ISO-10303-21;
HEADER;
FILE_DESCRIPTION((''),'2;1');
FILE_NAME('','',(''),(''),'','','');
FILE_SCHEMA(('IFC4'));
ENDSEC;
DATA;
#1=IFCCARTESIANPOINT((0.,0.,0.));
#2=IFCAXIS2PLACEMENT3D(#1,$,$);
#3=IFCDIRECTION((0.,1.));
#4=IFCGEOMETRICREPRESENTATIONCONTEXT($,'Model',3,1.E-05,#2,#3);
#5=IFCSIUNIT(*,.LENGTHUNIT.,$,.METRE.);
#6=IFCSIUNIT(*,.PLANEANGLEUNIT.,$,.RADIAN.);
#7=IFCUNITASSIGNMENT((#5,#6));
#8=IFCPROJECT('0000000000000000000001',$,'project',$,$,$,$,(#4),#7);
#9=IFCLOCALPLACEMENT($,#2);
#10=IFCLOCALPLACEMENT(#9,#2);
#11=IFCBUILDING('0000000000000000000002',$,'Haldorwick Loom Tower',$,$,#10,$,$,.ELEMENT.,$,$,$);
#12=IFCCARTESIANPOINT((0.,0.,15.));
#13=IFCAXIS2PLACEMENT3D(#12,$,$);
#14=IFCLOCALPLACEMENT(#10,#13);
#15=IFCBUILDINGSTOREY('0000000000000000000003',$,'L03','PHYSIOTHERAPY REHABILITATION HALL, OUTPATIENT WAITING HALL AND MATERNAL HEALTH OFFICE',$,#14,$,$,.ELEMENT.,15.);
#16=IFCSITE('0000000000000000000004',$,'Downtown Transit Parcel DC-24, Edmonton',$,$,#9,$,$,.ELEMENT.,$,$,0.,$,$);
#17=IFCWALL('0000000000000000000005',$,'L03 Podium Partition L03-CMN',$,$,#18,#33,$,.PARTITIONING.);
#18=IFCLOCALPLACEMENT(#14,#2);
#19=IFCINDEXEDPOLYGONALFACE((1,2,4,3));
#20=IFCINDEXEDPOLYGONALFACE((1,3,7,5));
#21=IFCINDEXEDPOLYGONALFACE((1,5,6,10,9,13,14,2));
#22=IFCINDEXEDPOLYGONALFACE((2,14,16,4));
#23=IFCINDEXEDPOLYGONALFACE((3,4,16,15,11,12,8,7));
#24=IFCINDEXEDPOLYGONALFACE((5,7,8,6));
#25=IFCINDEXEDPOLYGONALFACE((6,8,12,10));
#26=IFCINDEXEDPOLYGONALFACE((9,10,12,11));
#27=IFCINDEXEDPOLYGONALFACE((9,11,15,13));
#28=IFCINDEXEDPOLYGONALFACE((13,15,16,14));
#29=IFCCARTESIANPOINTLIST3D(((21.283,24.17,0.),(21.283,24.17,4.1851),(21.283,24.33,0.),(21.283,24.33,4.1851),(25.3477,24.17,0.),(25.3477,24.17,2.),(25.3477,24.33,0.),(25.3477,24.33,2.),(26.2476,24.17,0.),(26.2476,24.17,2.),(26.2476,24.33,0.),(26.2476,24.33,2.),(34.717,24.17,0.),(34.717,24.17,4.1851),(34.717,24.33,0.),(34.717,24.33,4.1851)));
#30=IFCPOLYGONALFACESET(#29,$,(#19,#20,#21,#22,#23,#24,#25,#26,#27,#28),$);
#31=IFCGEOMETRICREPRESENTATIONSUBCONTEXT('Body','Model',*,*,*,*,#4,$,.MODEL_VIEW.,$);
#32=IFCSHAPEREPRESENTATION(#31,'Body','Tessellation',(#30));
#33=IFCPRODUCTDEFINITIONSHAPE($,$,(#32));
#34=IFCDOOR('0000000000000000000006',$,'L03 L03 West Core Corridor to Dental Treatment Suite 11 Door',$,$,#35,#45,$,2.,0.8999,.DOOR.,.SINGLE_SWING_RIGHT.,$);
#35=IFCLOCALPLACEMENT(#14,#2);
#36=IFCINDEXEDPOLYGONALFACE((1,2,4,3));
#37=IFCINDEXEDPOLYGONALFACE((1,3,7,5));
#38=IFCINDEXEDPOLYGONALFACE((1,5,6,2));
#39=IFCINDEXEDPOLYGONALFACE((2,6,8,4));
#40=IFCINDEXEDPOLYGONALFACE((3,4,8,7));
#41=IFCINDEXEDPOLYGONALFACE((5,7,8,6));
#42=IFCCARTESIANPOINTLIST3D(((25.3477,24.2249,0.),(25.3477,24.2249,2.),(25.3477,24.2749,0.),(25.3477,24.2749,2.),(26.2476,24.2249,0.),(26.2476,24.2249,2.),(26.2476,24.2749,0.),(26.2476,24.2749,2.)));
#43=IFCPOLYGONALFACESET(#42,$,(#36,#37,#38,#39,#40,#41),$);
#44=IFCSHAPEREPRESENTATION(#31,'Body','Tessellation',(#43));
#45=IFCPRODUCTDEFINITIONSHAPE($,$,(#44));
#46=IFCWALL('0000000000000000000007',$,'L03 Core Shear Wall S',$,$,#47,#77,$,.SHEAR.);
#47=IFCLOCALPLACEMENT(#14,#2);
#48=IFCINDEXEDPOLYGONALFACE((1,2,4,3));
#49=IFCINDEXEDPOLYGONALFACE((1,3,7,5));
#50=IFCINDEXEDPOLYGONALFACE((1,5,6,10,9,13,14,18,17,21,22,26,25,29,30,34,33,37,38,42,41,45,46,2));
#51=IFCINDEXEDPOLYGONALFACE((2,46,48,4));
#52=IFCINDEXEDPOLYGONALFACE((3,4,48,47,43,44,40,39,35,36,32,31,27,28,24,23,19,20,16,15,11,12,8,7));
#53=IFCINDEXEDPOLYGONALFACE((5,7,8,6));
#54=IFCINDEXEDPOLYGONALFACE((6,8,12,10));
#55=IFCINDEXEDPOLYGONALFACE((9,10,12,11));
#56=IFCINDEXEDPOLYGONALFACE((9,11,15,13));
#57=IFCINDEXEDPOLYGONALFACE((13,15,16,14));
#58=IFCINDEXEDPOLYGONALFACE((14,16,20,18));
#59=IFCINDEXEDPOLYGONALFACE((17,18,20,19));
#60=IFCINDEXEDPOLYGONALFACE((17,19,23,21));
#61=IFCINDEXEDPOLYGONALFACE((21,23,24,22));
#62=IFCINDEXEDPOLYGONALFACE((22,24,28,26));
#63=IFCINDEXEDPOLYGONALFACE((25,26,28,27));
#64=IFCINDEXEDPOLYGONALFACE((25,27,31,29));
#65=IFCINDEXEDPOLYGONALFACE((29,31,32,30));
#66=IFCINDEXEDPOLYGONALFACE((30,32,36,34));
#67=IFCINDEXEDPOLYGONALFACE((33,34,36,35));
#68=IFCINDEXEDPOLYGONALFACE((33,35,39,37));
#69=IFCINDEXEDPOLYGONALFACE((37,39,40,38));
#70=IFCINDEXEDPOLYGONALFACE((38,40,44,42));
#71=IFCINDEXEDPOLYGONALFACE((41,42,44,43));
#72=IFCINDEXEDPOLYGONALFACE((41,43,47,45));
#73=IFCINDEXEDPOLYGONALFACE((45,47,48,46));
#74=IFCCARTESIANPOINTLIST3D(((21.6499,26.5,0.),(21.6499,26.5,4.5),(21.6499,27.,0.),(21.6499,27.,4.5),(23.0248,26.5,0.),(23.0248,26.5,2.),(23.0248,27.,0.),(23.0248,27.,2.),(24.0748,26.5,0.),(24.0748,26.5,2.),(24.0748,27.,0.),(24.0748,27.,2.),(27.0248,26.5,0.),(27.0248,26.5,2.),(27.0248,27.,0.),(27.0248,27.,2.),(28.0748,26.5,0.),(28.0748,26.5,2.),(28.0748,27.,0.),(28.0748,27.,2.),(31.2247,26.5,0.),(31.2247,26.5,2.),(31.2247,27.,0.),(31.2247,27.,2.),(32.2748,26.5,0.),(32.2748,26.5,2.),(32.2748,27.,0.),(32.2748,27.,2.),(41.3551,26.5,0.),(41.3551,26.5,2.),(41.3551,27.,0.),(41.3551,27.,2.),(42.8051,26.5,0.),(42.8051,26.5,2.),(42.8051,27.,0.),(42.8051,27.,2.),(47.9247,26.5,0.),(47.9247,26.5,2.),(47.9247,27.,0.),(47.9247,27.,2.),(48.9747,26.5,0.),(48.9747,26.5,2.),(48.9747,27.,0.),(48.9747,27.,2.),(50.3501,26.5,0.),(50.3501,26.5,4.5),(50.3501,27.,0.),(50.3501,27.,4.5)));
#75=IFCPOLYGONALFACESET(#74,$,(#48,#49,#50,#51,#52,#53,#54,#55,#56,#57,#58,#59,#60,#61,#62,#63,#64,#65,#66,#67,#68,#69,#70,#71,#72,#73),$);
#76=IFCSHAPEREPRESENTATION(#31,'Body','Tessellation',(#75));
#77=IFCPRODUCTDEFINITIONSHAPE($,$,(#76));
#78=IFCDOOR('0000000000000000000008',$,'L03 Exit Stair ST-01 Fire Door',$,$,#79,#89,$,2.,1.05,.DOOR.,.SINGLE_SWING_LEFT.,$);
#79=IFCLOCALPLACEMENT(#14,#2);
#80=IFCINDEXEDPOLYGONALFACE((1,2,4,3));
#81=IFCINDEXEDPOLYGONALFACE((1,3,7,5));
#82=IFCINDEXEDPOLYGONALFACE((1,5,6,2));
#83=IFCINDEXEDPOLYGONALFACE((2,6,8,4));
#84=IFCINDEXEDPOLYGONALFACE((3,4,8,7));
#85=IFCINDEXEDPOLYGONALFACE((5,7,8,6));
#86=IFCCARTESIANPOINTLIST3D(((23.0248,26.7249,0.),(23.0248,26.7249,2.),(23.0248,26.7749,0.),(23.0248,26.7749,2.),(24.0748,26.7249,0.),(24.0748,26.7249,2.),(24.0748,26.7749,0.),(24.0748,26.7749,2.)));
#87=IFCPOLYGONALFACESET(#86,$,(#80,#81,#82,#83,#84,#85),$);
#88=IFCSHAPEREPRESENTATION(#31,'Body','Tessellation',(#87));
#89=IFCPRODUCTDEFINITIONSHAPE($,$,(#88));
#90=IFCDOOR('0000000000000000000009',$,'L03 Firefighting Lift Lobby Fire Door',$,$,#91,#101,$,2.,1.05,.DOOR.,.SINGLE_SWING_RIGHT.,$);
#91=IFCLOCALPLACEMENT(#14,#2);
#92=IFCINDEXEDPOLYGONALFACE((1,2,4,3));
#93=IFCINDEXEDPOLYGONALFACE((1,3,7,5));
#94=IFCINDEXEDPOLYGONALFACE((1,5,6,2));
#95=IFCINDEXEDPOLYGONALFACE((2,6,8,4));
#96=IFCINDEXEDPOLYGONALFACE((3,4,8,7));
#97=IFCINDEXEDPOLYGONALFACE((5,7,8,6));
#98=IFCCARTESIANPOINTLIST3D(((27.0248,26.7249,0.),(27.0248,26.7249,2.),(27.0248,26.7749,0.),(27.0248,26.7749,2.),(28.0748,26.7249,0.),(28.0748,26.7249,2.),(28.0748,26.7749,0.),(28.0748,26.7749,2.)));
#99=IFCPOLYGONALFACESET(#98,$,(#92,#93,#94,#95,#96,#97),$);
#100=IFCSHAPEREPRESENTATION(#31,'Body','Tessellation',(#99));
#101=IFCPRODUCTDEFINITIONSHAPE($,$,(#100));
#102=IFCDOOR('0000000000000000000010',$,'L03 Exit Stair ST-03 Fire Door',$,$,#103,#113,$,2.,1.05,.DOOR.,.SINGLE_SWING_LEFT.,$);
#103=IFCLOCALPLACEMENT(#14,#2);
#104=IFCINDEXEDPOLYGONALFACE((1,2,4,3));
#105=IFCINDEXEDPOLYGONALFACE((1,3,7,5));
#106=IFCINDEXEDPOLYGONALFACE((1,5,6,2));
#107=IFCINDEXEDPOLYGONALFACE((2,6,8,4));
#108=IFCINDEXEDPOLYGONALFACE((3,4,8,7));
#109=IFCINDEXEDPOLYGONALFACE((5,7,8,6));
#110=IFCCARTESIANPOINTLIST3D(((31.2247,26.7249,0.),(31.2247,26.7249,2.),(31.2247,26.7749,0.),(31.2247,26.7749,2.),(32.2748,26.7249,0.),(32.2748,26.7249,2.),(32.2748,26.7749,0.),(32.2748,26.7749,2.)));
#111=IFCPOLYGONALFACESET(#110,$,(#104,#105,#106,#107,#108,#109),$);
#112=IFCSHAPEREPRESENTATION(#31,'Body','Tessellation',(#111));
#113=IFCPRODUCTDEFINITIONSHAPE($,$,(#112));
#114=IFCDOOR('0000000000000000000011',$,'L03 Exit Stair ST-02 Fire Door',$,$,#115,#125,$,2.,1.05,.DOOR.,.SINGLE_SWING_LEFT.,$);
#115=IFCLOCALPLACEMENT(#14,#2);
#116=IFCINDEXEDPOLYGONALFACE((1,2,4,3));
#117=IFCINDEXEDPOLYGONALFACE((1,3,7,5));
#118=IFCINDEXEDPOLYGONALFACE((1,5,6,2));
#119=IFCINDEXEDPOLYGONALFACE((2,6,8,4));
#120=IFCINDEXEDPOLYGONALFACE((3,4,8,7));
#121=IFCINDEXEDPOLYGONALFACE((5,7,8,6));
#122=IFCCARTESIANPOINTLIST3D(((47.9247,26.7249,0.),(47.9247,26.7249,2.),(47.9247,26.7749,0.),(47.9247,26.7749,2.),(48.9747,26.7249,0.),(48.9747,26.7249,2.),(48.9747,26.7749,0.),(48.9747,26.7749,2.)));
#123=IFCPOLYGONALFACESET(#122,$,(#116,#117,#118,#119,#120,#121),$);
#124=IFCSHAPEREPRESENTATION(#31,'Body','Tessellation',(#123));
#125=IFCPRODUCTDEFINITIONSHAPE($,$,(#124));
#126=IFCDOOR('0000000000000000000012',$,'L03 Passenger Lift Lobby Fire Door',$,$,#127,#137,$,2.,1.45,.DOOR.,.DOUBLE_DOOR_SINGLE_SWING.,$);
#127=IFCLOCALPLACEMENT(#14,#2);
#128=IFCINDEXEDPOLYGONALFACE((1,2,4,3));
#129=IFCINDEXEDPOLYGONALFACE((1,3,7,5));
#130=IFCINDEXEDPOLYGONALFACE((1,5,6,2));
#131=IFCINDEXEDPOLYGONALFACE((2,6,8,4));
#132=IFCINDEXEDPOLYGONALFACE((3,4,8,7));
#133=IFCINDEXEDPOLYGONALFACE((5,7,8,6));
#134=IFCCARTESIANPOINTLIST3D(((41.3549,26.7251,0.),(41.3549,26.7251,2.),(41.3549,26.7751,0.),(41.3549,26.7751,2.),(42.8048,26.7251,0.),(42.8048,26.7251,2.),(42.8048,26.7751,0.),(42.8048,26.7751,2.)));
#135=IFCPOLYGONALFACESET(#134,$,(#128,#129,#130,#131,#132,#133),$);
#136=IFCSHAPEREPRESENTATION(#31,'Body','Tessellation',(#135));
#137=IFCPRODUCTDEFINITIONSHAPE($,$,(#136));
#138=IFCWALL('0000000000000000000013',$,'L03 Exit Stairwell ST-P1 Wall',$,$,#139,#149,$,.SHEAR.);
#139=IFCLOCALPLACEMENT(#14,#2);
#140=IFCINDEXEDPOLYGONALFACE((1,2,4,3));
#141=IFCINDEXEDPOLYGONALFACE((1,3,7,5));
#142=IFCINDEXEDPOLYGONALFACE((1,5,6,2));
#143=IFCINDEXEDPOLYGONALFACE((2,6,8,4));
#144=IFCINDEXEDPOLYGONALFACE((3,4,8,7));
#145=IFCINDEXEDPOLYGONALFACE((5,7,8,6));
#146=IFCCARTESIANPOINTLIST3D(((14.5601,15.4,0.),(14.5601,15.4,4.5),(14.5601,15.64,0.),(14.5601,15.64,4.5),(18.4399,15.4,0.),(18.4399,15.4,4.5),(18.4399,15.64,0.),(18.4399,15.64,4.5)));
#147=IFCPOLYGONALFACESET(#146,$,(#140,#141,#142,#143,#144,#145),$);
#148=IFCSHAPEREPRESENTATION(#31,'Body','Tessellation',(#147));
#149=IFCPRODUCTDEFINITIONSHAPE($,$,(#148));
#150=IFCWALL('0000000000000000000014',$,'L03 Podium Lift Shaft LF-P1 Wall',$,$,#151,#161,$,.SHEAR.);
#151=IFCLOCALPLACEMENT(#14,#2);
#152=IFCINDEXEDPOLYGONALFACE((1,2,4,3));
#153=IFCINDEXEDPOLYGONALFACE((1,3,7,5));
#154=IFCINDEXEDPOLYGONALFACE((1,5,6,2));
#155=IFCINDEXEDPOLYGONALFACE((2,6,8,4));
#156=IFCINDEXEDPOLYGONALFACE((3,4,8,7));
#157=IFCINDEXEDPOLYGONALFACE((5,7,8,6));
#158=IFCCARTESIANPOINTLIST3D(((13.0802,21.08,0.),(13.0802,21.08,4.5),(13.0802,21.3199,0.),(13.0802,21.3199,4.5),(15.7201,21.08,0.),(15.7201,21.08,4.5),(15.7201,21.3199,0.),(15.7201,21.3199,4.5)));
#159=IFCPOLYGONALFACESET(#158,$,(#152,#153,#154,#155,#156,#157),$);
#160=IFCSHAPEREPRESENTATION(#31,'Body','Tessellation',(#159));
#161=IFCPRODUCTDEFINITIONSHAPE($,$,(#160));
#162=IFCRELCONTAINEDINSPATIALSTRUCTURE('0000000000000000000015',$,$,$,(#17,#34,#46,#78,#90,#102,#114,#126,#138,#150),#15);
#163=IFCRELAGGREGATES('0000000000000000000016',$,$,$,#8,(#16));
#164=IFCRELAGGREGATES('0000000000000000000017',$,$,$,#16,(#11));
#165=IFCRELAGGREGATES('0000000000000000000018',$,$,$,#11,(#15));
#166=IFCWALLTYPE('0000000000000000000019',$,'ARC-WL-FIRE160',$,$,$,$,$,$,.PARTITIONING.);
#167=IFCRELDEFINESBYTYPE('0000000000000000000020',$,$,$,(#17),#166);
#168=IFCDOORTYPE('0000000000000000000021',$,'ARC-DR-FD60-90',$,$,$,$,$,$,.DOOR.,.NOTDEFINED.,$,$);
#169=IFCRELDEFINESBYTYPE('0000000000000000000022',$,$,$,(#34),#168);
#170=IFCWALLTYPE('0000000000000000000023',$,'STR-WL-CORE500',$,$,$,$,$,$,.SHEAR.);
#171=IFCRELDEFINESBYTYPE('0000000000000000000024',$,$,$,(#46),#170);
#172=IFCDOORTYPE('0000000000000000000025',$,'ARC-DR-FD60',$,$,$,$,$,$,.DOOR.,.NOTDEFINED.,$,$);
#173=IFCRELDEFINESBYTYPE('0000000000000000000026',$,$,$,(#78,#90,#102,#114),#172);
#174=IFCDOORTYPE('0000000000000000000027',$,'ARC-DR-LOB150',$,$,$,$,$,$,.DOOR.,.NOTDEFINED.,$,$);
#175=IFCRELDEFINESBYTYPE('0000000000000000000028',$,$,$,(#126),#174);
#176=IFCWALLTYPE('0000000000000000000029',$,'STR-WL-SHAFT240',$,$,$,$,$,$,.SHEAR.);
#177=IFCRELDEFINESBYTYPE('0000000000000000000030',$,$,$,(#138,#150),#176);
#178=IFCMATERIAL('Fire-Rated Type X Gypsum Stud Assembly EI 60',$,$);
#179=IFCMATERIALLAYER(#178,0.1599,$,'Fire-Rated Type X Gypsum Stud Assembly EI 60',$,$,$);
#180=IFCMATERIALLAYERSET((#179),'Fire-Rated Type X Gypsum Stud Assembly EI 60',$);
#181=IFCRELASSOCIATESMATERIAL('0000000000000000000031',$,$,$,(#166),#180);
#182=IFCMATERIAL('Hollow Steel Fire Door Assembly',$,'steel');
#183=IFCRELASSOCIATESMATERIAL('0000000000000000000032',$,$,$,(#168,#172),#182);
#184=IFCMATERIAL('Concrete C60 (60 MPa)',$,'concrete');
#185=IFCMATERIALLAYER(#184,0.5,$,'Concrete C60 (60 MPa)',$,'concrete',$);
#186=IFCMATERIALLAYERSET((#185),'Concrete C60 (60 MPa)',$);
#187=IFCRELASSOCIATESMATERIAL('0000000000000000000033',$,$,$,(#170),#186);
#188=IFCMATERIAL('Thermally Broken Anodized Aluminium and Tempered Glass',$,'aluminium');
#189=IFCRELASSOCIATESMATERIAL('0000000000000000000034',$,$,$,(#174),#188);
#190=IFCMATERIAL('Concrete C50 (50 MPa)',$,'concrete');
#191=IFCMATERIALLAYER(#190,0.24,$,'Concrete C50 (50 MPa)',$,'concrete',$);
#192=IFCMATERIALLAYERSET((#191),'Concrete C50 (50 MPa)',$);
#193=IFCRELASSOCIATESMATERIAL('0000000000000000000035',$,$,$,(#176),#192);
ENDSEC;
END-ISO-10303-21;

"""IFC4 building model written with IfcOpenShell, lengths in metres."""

from ifc_helpers import new_model, si_unit, direction, frame, frame_2d, origin, place, context, subcontext, project, spatial, rectangle, extrude, material, layer, layer_set, type_object, element, fill, save


model = new_model("IFC4")

# Units and contexts
model_context = context("Model", 3, precision=1e-05, world=origin(), true_north=direction((0.0, 1.0)))
body_context = subcontext(model_context, "Body", "Model", "MODEL_VIEW")
ifc_project = project(units=[si_unit("LENGTHUNIT", "METRE"), si_unit("PLANEANGLEUNIT", "RADIAN")], contexts=[model_context])

# Site, building, storey
site_placement = place(None, origin())
site = spatial("IfcSite", under=ifc_project, at=site_placement, Name="Downtown Transit Parcel DC-24, Edmonton", CompositionType="ELEMENT", RefElevation=0.0)
building_placement = place(site_placement, origin())
building = spatial("IfcBuilding", under=site, at=building_placement, Name="Haldorwick Loom Tower", CompositionType="ELEMENT")
storey_placement = place(building_placement, frame((0.0, 0.0, 15.0)))
storey = spatial("IfcBuildingStorey", under=building, at=storey_placement, Name="L03", Description="PHYSIOTHERAPY REHABILITATION HALL, OUTPATIENT WAITING HALL AND MATERNAL HEALTH OFFICE", CompositionType="ELEMENT", Elevation=15.0)

# Shared definitions
ifc_material_1 = material(Name="Concrete C60 (60 MPa)", Category="concrete")

# Wall, opening, door
ifc_material_2 = material(Name="Fire-Rated Type X Gypsum Stud Assembly EI 60")
ifc_layer_1 = layer(ifc_material_2, 0.1599, Name="Fire-Rated Type X Gypsum Stud Assembly EI 60")
ifc_layer_set_1 = layer_set([ifc_layer_1], Name="Fire-Rated Type X Gypsum Stud Assembly EI 60")
wall_type_1 = type_object("IfcWallType", Name="ARC-WL-FIRE160", PredefinedType="PARTITIONING", material=ifc_layer_set_1)
wall_1_placement = place(storey_placement, frame((21.283, 24.25, 0.0), z_axis=(0.0, 0.0, 1.0), x_axis=(1.0, 0.0, 0.0)))
wall_1 = element("IfcWall", 1, at=wall_1_placement, inside=storey, type_object=wall_type_1, Name="L03 Podium Partition L03-CMN", PredefinedType="PARTITIONING", context=body_context, shape_type="SweptSolid", body=[
    extrude(rectangle(XDim=13.4341, YDim=0.1599, at=frame_2d((6.717, 0.0))), origin(), (0.0, 0.0, 1.0), 4.1851),
])
opening_1_placement = place(wall_1_placement, frame((4.0647, 0.0, 0.0)))
opening_1 = element("IfcOpeningElement", 2, at=opening_1_placement, cuts=wall_1, PredefinedType="OPENING", context=body_context, shape_type="SweptSolid", body=[
    extrude(rectangle(XDim=0.8999, YDim=2.0, at=frame_2d((0.45, 1.0))), frame((0.0, 0.0898, 0.0), z_axis=(0.0, -1.0, 0.0), x_axis=(1.0, 0.0, 0.0)), (0.0, 0.0, 1.0), 0.1799),
])
ifc_material_3 = material(Name="Hollow Steel Fire Door Assembly", Category="steel")
door_type_1 = type_object("IfcDoorType", Name="ARC-DR-FD60-90", OperationType="NOTDEFINED", PredefinedType="DOOR", material=ifc_material_3)
door_1_placement = place(opening_1_placement, origin())
door_1 = element("IfcDoor", 3, at=door_1_placement, inside=storey, type_object=door_type_1, Name="L03 L03 West Core Corridor to Dental Treatment Suite 11 Door", OperationType="SINGLE_SWING_RIGHT", OverallHeight=2.0, OverallWidth=0.8999, PredefinedType="DOOR", context=body_context, shape_type="SweptSolid", body=[
    extrude(rectangle(XDim=0.8999, YDim=2.0, at=frame_2d((0.45, 1.0))), frame((0.0, 0.0249, 0.0), z_axis=(0.0, -1.0, 0.0), x_axis=(1.0, 0.0, 0.0)), (0.0, 0.0, 1.0), 0.05),
])
fill(opening_1, door_1)

# Wall, openings, doors
ifc_layer_2 = layer(ifc_material_1, 0.5, Name="Concrete C60 (60 MPa)", Category="concrete")
ifc_layer_set_2 = layer_set([ifc_layer_2], Name="Concrete C60 (60 MPa)")
wall_type_2 = type_object("IfcWallType", Name="STR-WL-CORE500", PredefinedType="SHEAR", material=ifc_layer_set_2)
wall_2_placement = place(storey_placement, frame((21.6499, 26.75, 0.0), z_axis=(0.0, 0.0, 1.0), x_axis=(1.0, 0.0, 0.0)))
wall_2 = element("IfcWall", 4, at=wall_2_placement, inside=storey, type_object=wall_type_2, Name="L03 Core Shear Wall S", PredefinedType="SHEAR", context=body_context, shape_type="SweptSolid", body=[
    extrude(rectangle(XDim=28.7002, YDim=0.5, at=frame_2d((14.3501, 0.0))), origin(), (0.0, 0.0, 1.0), 4.5),
])
opening_2_placement = place(wall_2_placement, frame((1.375, 0.0, 0.0)))
opening_2 = element("IfcOpeningElement", 5, at=opening_2_placement, cuts=wall_2, PredefinedType="OPENING", context=body_context, shape_type="SweptSolid", body=[
    extrude(rectangle(XDim=1.05, YDim=2.0, at=frame_2d((0.5249, 1.0))), frame((0.0, 0.26, 0.0), z_axis=(0.0, -1.0, 0.0), x_axis=(1.0, 0.0, 0.0)), (0.0, 0.0, 1.0), 0.52),
])
opening_3_placement = place(wall_2_placement, frame((5.375, 0.0, 0.0)))
opening_3 = element("IfcOpeningElement", 6, at=opening_3_placement, cuts=wall_2, PredefinedType="OPENING", context=body_context, shape_type="SweptSolid", body=[
    extrude(rectangle(XDim=1.05, YDim=2.0, at=frame_2d((0.5249, 1.0))), frame((0.0, 0.26, 0.0), z_axis=(0.0, -1.0, 0.0), x_axis=(1.0, 0.0, 0.0)), (0.0, 0.0, 1.0), 0.52),
])
opening_4_placement = place(wall_2_placement, frame((9.575, 0.0, 0.0)))
opening_4 = element("IfcOpeningElement", 7, at=opening_4_placement, cuts=wall_2, PredefinedType="OPENING", context=body_context, shape_type="SweptSolid", body=[
    extrude(rectangle(XDim=1.05, YDim=2.0, at=frame_2d((0.5249, 1.0))), frame((0.0, 0.26, 0.0), z_axis=(0.0, -1.0, 0.0), x_axis=(1.0, 0.0, 0.0)), (0.0, 0.0, 1.0), 0.52),
])
opening_5_placement = place(wall_2_placement, frame((19.7051, 0.0, 0.0)))
opening_5 = element("IfcOpeningElement", 8, at=opening_5_placement, cuts=wall_2, PredefinedType="OPENING", context=body_context, shape_type="SweptSolid", body=[
    extrude(rectangle(XDim=1.45, YDim=2.0, at=frame_2d((0.7251, 1.0))), frame((0.0, 0.26, 0.0), z_axis=(0.0, -1.0, 0.0), x_axis=(1.0, 0.0, 0.0)), (0.0, 0.0, 1.0), 0.52),
])
opening_6_placement = place(wall_2_placement, frame((26.2749, 0.0, 0.0)))
opening_6 = element("IfcOpeningElement", 9, at=opening_6_placement, cuts=wall_2, PredefinedType="OPENING", context=body_context, shape_type="SweptSolid", body=[
    extrude(rectangle(XDim=1.05, YDim=2.0, at=frame_2d((0.5249, 1.0))), frame((0.0, 0.26, 0.0), z_axis=(0.0, -1.0, 0.0), x_axis=(1.0, 0.0, 0.0)), (0.0, 0.0, 1.0), 0.52),
])
door_type_2 = type_object("IfcDoorType", Name="ARC-DR-FD60", OperationType="NOTDEFINED", PredefinedType="DOOR", material=ifc_material_3)
door_2_placement = place(opening_2_placement, origin())
door_2 = element("IfcDoor", 10, at=door_2_placement, inside=storey, type_object=door_type_2, Name="L03 Exit Stair ST-01 Fire Door", OperationType="SINGLE_SWING_LEFT", OverallHeight=2.0, OverallWidth=1.05, PredefinedType="DOOR", context=body_context, shape_type="SweptSolid", body=[
    extrude(rectangle(XDim=1.05, YDim=2.0, at=frame_2d((0.5249, 1.0))), frame((0.0, 0.0249, 0.0), z_axis=(0.0, -1.0, 0.0), x_axis=(1.0, 0.0, 0.0)), (0.0, 0.0, 1.0), 0.05),
])
fill(opening_2, door_2)
door_3_placement = place(opening_3_placement, origin())
door_3 = element("IfcDoor", 11, at=door_3_placement, inside=storey, type_object=door_type_2, Name="L03 Firefighting Lift Lobby Fire Door", OperationType="SINGLE_SWING_RIGHT", OverallHeight=2.0, OverallWidth=1.05, PredefinedType="DOOR", context=body_context, shape_type="SweptSolid", body=[
    extrude(rectangle(XDim=1.05, YDim=2.0, at=frame_2d((0.5249, 1.0))), frame((0.0, 0.0249, 0.0), z_axis=(0.0, -1.0, 0.0), x_axis=(1.0, 0.0, 0.0)), (0.0, 0.0, 1.0), 0.05),
])
fill(opening_3, door_3)
door_4_placement = place(opening_4_placement, origin())
door_4 = element("IfcDoor", 12, at=door_4_placement, inside=storey, type_object=door_type_2, Name="L03 Exit Stair ST-03 Fire Door", OperationType="SINGLE_SWING_LEFT", OverallHeight=2.0, OverallWidth=1.05, PredefinedType="DOOR", context=body_context, shape_type="SweptSolid", body=[
    extrude(rectangle(XDim=1.05, YDim=2.0, at=frame_2d((0.5249, 1.0))), frame((0.0, 0.0249, 0.0), z_axis=(0.0, -1.0, 0.0), x_axis=(1.0, 0.0, 0.0)), (0.0, 0.0, 1.0), 0.05),
])
fill(opening_4, door_4)
door_5_placement = place(opening_6_placement, origin())
door_5 = element("IfcDoor", 13, at=door_5_placement, inside=storey, type_object=door_type_2, Name="L03 Exit Stair ST-02 Fire Door", OperationType="SINGLE_SWING_LEFT", OverallHeight=2.0, OverallWidth=1.05, PredefinedType="DOOR", context=body_context, shape_type="SweptSolid", body=[
    extrude(rectangle(XDim=1.05, YDim=2.0, at=frame_2d((0.5249, 1.0))), frame((0.0, 0.0249, 0.0), z_axis=(0.0, -1.0, 0.0), x_axis=(1.0, 0.0, 0.0)), (0.0, 0.0, 1.0), 0.05),
])
fill(opening_6, door_5)
ifc_material_4 = material(Name="Thermally Broken Anodized Aluminium and Tempered Glass", Category="aluminium")
door_type_3 = type_object("IfcDoorType", Name="ARC-DR-LOB150", OperationType="NOTDEFINED", PredefinedType="DOOR", material=ifc_material_4)
door_6_placement = place(opening_5_placement, frame((1.45, 0.0, 0.0), z_axis=(0.0, 0.0, 1.0), x_axis=(-1.0, 0.0, 0.0)))
door_6 = element("IfcDoor", 14, at=door_6_placement, inside=storey, type_object=door_type_3, Name="L03 Passenger Lift Lobby Fire Door", OperationType="DOUBLE_DOOR_SINGLE_SWING", OverallHeight=2.0, OverallWidth=1.45, PredefinedType="DOOR", context=body_context, shape_type="SweptSolid", body=[
    extrude(rectangle(XDim=1.45, YDim=2.0, at=frame_2d((0.7251, 1.0))), frame((0.0, 0.0249, 0.0), z_axis=(0.0, -1.0, 0.0), x_axis=(1.0, 0.0, 0.0)), (0.0, 0.0, 1.0), 0.05),
])
fill(opening_5, door_6)

# Walls
ifc_material_5 = material(Name="Concrete C50 (50 MPa)", Category="concrete")
ifc_layer_3 = layer(ifc_material_5, 0.24, Name="Concrete C50 (50 MPa)", Category="concrete")
ifc_layer_set_3 = layer_set([ifc_layer_3], Name="Concrete C50 (50 MPa)")
wall_type_3 = type_object("IfcWallType", Name="STR-WL-SHAFT240", PredefinedType="SHEAR", material=ifc_layer_set_3)
wall_3_placement = place(storey_placement, frame((18.4399, 15.52, 0.0), z_axis=(0.0, 0.0, 1.0), x_axis=(-1.0, 0.0, 0.0)))
element("IfcWall", 15, at=wall_3_placement, inside=storey, type_object=wall_type_3, Name="L03 Exit Stairwell ST-P1 Wall", PredefinedType="SHEAR", context=body_context, shape_type="SweptSolid", body=[
    extrude(rectangle(XDim=3.8799, YDim=0.24, at=frame_2d((1.9399, 0.0))), origin(), (0.0, 0.0, 1.0), 4.5),
])
wall_4_placement = place(storey_placement, frame((15.72, 21.2, 0.0), z_axis=(0.0, 0.0, 1.0), x_axis=(-1.0, 0.0, 0.0)))
element("IfcWall", 16, at=wall_4_placement, inside=storey, type_object=wall_type_3, Name="L03 Podium Lift Shaft LF-P1 Wall", PredefinedType="SHEAR", context=body_context, shape_type="SweptSolid", body=[
    extrude(rectangle(XDim=2.6399, YDim=0.24, at=frame_2d((1.3198, 0.0))), origin(), (0.0, 0.0, 1.0), 4.5),
])

save(model, "model.ifc")
